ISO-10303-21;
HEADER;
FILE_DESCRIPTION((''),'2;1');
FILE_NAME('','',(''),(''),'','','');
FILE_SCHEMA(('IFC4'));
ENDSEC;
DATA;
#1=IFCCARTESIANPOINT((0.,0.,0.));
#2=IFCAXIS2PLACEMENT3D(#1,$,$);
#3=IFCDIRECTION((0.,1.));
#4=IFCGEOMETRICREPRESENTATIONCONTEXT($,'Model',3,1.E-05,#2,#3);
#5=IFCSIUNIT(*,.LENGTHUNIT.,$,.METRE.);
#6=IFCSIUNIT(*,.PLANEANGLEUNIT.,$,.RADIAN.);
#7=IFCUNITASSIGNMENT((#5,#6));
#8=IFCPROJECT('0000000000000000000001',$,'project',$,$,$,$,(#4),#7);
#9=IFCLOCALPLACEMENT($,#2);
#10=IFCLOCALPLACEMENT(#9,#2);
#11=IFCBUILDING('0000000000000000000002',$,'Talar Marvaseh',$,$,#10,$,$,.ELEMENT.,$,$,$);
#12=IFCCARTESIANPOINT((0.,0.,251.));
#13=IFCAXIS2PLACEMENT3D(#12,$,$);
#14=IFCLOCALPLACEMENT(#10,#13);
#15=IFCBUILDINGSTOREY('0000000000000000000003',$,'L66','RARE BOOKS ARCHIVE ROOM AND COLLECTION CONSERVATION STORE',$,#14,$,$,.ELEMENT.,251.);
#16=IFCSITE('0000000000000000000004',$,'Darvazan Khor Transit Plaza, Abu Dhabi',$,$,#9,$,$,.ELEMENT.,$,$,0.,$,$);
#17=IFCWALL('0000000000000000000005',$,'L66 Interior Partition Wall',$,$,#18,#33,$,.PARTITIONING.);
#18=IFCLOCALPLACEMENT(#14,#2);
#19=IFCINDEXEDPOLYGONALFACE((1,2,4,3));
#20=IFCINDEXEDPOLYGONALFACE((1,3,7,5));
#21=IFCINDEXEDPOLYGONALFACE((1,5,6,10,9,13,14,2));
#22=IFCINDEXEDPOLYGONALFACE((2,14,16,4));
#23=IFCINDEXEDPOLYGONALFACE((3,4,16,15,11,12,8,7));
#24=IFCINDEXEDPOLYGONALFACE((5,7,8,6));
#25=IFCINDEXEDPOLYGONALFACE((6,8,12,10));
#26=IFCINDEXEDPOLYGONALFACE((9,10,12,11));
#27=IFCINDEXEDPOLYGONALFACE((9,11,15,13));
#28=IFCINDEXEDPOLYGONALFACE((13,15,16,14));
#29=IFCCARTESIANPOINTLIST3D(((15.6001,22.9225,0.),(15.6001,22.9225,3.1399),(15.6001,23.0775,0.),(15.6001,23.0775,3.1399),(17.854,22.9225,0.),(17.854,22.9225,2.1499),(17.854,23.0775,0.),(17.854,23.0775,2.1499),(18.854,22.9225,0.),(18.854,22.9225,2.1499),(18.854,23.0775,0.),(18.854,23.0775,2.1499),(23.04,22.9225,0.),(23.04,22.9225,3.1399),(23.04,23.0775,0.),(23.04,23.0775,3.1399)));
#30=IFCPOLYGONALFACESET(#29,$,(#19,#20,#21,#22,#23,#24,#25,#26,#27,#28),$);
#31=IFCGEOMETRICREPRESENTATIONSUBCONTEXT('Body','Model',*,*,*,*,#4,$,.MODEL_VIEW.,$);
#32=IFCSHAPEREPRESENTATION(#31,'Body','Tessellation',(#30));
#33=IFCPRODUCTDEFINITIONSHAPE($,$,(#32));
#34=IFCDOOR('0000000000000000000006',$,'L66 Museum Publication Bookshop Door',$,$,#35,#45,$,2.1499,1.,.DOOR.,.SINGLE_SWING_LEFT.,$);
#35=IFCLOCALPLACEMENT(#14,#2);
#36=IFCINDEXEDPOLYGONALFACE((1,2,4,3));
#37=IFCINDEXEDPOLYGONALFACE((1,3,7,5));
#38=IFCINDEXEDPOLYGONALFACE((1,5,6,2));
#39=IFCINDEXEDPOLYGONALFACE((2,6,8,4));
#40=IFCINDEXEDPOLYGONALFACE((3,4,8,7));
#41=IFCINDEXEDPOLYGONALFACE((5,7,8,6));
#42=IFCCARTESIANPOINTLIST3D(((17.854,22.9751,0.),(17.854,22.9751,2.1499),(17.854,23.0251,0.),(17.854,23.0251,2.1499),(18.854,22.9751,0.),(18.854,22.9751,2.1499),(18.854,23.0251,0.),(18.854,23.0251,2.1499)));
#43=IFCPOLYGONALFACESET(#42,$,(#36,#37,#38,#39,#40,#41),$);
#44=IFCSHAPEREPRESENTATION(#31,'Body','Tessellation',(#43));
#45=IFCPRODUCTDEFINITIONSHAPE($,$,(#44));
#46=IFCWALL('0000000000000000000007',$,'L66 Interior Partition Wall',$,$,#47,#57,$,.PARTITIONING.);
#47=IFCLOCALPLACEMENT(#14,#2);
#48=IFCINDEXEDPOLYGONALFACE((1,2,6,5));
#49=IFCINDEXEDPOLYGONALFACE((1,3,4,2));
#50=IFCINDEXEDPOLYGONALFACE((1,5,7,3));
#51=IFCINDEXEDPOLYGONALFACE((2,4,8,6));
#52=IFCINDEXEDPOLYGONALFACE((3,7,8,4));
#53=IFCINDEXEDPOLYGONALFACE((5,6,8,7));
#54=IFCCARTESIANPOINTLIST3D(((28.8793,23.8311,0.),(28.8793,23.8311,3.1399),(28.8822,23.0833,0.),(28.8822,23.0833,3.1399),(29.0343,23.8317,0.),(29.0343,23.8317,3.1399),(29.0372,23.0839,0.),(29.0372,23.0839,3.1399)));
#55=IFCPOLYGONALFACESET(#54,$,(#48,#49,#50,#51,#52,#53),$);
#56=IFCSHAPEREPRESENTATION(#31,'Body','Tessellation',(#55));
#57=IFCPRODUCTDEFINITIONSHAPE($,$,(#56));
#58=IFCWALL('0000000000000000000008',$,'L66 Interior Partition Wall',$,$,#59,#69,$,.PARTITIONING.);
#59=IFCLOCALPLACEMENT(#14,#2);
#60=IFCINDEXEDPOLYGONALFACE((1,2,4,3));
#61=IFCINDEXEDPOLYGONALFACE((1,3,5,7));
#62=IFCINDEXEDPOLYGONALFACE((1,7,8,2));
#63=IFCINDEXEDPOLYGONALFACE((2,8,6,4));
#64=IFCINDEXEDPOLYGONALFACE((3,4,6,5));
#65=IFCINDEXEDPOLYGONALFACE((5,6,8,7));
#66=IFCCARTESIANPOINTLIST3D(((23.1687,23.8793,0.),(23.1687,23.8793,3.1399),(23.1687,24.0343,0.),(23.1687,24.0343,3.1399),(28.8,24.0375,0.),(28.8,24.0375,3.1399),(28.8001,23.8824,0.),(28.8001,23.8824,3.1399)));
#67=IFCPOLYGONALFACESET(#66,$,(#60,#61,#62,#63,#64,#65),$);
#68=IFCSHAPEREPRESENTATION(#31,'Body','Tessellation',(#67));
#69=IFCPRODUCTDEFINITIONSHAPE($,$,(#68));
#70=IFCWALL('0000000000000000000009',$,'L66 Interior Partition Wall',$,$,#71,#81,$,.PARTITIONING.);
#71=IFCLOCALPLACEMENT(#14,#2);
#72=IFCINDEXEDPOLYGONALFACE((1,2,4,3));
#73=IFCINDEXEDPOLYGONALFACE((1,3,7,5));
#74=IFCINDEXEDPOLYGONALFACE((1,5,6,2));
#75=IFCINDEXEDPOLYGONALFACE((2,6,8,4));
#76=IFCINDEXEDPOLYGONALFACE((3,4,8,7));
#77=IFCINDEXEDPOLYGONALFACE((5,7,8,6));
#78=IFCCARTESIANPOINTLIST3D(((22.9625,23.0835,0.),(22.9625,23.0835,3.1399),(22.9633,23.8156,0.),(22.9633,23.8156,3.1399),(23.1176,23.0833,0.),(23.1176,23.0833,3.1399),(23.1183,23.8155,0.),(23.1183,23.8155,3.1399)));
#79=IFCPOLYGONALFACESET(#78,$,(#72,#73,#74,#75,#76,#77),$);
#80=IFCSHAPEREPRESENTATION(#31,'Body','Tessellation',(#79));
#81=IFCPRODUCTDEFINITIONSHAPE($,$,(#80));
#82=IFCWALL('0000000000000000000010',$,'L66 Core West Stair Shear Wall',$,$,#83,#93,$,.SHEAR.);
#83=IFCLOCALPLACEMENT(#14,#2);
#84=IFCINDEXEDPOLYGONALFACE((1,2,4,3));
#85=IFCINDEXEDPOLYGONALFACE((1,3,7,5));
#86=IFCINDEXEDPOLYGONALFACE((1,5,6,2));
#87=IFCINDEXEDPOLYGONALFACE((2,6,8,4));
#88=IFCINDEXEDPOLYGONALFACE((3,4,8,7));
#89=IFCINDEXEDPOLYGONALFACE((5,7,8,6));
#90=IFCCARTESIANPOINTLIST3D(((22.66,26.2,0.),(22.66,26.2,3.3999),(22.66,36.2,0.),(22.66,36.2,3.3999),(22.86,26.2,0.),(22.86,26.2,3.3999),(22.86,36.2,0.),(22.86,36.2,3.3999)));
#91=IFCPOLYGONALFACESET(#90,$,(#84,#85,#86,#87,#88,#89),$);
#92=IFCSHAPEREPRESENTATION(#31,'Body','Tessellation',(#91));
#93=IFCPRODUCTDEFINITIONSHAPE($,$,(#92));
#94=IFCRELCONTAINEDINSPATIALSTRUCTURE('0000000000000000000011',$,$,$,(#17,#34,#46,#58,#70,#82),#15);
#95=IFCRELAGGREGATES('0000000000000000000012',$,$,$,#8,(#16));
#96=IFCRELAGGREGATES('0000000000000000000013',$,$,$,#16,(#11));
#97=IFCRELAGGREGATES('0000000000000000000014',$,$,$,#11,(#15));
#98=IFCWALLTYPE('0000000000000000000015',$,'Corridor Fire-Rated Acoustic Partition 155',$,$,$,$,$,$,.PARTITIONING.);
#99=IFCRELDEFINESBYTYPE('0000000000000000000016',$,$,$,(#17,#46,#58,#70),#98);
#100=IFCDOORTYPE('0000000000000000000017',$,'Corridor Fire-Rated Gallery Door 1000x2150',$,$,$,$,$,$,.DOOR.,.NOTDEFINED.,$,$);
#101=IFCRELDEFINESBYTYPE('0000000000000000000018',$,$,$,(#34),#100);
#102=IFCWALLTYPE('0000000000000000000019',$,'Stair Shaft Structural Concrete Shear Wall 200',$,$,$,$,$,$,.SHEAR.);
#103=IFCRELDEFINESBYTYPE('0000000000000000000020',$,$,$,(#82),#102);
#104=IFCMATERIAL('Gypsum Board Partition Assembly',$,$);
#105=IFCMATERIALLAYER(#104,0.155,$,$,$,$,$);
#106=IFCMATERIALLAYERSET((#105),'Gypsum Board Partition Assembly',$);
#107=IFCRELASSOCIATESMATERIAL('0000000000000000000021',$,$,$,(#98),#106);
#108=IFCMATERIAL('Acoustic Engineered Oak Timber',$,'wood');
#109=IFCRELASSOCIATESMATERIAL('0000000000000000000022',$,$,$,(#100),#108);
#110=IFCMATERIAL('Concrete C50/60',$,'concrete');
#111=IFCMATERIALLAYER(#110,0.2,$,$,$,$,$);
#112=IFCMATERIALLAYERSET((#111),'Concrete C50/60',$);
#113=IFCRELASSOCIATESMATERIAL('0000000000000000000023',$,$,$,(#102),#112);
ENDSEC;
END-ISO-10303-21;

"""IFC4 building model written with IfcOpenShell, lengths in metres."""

from ifc_helpers import new_model, si_unit, direction, frame, frame_2d, origin, place, context, subcontext, project, spatial, rectangle, extrude, source, transform, mapped, material, layer, layer_set, type_object, type_shapes, element, fill, save


model = new_model("IFC4")

# Units and contexts
model_context = context("Model", 3, precision=1e-05, world=origin(), true_north=direction((0.0, 1.0)))
body_context = subcontext(model_context, "Body", "Model", "MODEL_VIEW")
ifc_project = project(units=[si_unit("LENGTHUNIT", "METRE"), si_unit("PLANEANGLEUNIT", "RADIAN")], contexts=[model_context])

# Site, building, storey
site_placement = place(None, origin())
site = spatial("IfcSite", under=ifc_project, at=site_placement, Name="Darvazan Khor Transit Plaza, Abu Dhabi", CompositionType="ELEMENT", RefElevation=0.0)
building_placement = place(site_placement, origin())
building = spatial("IfcBuilding", under=site, at=building_placement, Name="Talar Marvaseh", CompositionType="ELEMENT")
storey_placement = place(building_placement, frame((0.0, 0.0, 251.0)))
storey = spatial("IfcBuildingStorey", under=building, at=storey_placement, Name="L66", Description="RARE BOOKS ARCHIVE ROOM AND COLLECTION CONSERVATION STORE", CompositionType="ELEMENT", Elevation=251.0)

# Shared definitions
ifc_material_1 = material(Name="Concrete C50/60", Category="concrete")

# Wall, opening, door
ifc_material_2 = material(Name="Gypsum Board Partition Assembly")
ifc_layer_1 = layer(ifc_material_2, 0.155)
ifc_layer_set_1 = layer_set([ifc_layer_1], Name="Gypsum Board Partition Assembly")
wall_type_1 = type_object("IfcWallType", Name="Corridor Fire-Rated Acoustic Partition 155", PredefinedType="PARTITIONING", material=ifc_layer_set_1)
wall_1_placement = place(storey_placement, frame((23.04, 23.0, 0.0), z_axis=(0.0, 0.0, 1.0), x_axis=(-1.0, 0.0, 0.0)))
wall_1 = element("IfcWall", 1, at=wall_1_placement, inside=storey, type_object=wall_type_1, Name="L66 Interior Partition Wall", PredefinedType="PARTITIONING", context=body_context, shape_type="SweptSolid", body=[
    extrude(rectangle(XDim=7.4399, YDim=0.155, at=frame_2d((3.72, 0.0))), origin(), (0.0, 0.0, 1.0), 3.1399),
])
opening_1_placement = place(wall_1_placement, frame((4.186, 0.0, 0.0)))
opening_1 = element("IfcOpeningElement", 2, at=opening_1_placement, cuts=wall_1, PredefinedType="OPENING", context=body_context, shape_type="SweptSolid", body=[
    extrude(rectangle(XDim=1.0, YDim=2.1499, at=frame_2d((0.5, 1.075))), frame((0.0, 0.0874, 0.0), z_axis=(0.0, -1.0, 0.0), x_axis=(1.0, 0.0, 0.0)), (0.0, 0.0, 1.0), 0.175),
])
ifc_material_3 = material(Name="Acoustic Engineered Oak Timber", Category="wood")
door_type_1 = type_object("IfcDoorType", Name="Corridor Fire-Rated Gallery Door 1000x2150", OperationType="NOTDEFINED", PredefinedType="DOOR", material=ifc_material_3)
shared_shape_1 = source(origin(), body_context, "Body", "SweptSolid", [
    extrude(rectangle(XDim=1.0, YDim=2.1499, at=frame_2d((0.5, 1.075))), frame((0.0, 0.0249, 0.0), z_axis=(0.0, -1.0, 0.0), x_axis=(1.0, 0.0, 0.0)), (0.0, 0.0, 1.0), 0.05),
])
type_shapes(door_type_1, [shared_shape_1])
door_1_placement = place(opening_1_placement, origin())
door_1 = element("IfcDoor", 3, at=door_1_placement, inside=storey, type_object=door_type_1, Name="L66 Museum Publication Bookshop Door", OperationType="SINGLE_SWING_LEFT", OverallHeight=2.1499, OverallWidth=1.0, PredefinedType="DOOR", context=body_context, shape_type="MappedRepresentation", body=[
    mapped(shared_shape_1, transform((0.0, 0.0, 0.0), x_axis=(1.0, 0.0, 0.0), y_axis=(0.0, 1.0, 0.0), z_axis=(0.0, 0.0, 1.0), scale=1.0)),
])
fill(opening_1, door_1)

# Walls
wall_2_placement = place(storey_placement, frame((28.9597, 23.0835, 0.0), z_axis=(0.0, 0.0, 1.0), x_axis=(-0.003918, 0.999992, 0.0)))
element("IfcWall", 4, at=wall_2_placement, inside=storey, type_object=wall_type_1, Name="L66 Interior Partition Wall", PredefinedType="PARTITIONING", context=body_context, shape_type="SweptSolid", body=[
    extrude(rectangle(XDim=0.7478, YDim=0.155, at=frame_2d((0.374, 0.0))), origin(), (0.0, 0.0, 1.0), 3.1399),
])
wall_3_placement = place(storey_placement, frame((28.8, 23.96, 0.0), z_axis=(0.0, 0.0, 1.0), x_axis=(-1.0, -0.000564, 0.0)))
element("IfcWall", 5, at=wall_3_placement, inside=storey, type_object=wall_type_1, Name="L66 Interior Partition Wall", PredefinedType="PARTITIONING", context=body_context, shape_type="SweptSolid", body=[
    extrude(rectangle(XDim=5.6313, YDim=0.155, at=frame_2d((2.8157, 0.0))), origin(), (0.0, 0.0, 1.0), 3.1399),
])
wall_4_placement = place(storey_placement, frame((23.0408, 23.8157, 0.0), z_axis=(0.0, 0.0, 1.0), x_axis=(-0.001, -0.999999, 0.0)))
element("IfcWall", 6, at=wall_4_placement, inside=storey, type_object=wall_type_1, Name="L66 Interior Partition Wall", PredefinedType="PARTITIONING", context=body_context, shape_type="SweptSolid", body=[
    extrude(rectangle(XDim=0.7322, YDim=0.155, at=frame_2d((0.3662, 0.0))), origin(), (0.0, 0.0, 1.0), 3.1399),
])
ifc_layer_2 = layer(ifc_material_1, 0.2)
ifc_layer_set_2 = layer_set([ifc_layer_2], Name="Concrete C50/60")
wall_type_2 = type_object("IfcWallType", Name="Stair Shaft Structural Concrete Shear Wall 200", PredefinedType="SHEAR", material=ifc_layer_set_2)
wall_5_placement = place(storey_placement, frame((22.76, 26.2, 0.0), z_axis=(0.0, 0.0, 1.0), x_axis=(0.0, 1.0, 0.0)))
element("IfcWall", 7, at=wall_5_placement, inside=storey, type_object=wall_type_2, Name="L66 Core West Stair Shear Wall", PredefinedType="SHEAR", context=body_context, shape_type="SweptSolid", body=[
    extrude(rectangle(XDim=10.0, YDim=0.2, at=frame_2d((5.0, 0.0))), origin(), (0.0, 0.0, 1.0), 3.3999),
])

save(model, "model.ifc")
